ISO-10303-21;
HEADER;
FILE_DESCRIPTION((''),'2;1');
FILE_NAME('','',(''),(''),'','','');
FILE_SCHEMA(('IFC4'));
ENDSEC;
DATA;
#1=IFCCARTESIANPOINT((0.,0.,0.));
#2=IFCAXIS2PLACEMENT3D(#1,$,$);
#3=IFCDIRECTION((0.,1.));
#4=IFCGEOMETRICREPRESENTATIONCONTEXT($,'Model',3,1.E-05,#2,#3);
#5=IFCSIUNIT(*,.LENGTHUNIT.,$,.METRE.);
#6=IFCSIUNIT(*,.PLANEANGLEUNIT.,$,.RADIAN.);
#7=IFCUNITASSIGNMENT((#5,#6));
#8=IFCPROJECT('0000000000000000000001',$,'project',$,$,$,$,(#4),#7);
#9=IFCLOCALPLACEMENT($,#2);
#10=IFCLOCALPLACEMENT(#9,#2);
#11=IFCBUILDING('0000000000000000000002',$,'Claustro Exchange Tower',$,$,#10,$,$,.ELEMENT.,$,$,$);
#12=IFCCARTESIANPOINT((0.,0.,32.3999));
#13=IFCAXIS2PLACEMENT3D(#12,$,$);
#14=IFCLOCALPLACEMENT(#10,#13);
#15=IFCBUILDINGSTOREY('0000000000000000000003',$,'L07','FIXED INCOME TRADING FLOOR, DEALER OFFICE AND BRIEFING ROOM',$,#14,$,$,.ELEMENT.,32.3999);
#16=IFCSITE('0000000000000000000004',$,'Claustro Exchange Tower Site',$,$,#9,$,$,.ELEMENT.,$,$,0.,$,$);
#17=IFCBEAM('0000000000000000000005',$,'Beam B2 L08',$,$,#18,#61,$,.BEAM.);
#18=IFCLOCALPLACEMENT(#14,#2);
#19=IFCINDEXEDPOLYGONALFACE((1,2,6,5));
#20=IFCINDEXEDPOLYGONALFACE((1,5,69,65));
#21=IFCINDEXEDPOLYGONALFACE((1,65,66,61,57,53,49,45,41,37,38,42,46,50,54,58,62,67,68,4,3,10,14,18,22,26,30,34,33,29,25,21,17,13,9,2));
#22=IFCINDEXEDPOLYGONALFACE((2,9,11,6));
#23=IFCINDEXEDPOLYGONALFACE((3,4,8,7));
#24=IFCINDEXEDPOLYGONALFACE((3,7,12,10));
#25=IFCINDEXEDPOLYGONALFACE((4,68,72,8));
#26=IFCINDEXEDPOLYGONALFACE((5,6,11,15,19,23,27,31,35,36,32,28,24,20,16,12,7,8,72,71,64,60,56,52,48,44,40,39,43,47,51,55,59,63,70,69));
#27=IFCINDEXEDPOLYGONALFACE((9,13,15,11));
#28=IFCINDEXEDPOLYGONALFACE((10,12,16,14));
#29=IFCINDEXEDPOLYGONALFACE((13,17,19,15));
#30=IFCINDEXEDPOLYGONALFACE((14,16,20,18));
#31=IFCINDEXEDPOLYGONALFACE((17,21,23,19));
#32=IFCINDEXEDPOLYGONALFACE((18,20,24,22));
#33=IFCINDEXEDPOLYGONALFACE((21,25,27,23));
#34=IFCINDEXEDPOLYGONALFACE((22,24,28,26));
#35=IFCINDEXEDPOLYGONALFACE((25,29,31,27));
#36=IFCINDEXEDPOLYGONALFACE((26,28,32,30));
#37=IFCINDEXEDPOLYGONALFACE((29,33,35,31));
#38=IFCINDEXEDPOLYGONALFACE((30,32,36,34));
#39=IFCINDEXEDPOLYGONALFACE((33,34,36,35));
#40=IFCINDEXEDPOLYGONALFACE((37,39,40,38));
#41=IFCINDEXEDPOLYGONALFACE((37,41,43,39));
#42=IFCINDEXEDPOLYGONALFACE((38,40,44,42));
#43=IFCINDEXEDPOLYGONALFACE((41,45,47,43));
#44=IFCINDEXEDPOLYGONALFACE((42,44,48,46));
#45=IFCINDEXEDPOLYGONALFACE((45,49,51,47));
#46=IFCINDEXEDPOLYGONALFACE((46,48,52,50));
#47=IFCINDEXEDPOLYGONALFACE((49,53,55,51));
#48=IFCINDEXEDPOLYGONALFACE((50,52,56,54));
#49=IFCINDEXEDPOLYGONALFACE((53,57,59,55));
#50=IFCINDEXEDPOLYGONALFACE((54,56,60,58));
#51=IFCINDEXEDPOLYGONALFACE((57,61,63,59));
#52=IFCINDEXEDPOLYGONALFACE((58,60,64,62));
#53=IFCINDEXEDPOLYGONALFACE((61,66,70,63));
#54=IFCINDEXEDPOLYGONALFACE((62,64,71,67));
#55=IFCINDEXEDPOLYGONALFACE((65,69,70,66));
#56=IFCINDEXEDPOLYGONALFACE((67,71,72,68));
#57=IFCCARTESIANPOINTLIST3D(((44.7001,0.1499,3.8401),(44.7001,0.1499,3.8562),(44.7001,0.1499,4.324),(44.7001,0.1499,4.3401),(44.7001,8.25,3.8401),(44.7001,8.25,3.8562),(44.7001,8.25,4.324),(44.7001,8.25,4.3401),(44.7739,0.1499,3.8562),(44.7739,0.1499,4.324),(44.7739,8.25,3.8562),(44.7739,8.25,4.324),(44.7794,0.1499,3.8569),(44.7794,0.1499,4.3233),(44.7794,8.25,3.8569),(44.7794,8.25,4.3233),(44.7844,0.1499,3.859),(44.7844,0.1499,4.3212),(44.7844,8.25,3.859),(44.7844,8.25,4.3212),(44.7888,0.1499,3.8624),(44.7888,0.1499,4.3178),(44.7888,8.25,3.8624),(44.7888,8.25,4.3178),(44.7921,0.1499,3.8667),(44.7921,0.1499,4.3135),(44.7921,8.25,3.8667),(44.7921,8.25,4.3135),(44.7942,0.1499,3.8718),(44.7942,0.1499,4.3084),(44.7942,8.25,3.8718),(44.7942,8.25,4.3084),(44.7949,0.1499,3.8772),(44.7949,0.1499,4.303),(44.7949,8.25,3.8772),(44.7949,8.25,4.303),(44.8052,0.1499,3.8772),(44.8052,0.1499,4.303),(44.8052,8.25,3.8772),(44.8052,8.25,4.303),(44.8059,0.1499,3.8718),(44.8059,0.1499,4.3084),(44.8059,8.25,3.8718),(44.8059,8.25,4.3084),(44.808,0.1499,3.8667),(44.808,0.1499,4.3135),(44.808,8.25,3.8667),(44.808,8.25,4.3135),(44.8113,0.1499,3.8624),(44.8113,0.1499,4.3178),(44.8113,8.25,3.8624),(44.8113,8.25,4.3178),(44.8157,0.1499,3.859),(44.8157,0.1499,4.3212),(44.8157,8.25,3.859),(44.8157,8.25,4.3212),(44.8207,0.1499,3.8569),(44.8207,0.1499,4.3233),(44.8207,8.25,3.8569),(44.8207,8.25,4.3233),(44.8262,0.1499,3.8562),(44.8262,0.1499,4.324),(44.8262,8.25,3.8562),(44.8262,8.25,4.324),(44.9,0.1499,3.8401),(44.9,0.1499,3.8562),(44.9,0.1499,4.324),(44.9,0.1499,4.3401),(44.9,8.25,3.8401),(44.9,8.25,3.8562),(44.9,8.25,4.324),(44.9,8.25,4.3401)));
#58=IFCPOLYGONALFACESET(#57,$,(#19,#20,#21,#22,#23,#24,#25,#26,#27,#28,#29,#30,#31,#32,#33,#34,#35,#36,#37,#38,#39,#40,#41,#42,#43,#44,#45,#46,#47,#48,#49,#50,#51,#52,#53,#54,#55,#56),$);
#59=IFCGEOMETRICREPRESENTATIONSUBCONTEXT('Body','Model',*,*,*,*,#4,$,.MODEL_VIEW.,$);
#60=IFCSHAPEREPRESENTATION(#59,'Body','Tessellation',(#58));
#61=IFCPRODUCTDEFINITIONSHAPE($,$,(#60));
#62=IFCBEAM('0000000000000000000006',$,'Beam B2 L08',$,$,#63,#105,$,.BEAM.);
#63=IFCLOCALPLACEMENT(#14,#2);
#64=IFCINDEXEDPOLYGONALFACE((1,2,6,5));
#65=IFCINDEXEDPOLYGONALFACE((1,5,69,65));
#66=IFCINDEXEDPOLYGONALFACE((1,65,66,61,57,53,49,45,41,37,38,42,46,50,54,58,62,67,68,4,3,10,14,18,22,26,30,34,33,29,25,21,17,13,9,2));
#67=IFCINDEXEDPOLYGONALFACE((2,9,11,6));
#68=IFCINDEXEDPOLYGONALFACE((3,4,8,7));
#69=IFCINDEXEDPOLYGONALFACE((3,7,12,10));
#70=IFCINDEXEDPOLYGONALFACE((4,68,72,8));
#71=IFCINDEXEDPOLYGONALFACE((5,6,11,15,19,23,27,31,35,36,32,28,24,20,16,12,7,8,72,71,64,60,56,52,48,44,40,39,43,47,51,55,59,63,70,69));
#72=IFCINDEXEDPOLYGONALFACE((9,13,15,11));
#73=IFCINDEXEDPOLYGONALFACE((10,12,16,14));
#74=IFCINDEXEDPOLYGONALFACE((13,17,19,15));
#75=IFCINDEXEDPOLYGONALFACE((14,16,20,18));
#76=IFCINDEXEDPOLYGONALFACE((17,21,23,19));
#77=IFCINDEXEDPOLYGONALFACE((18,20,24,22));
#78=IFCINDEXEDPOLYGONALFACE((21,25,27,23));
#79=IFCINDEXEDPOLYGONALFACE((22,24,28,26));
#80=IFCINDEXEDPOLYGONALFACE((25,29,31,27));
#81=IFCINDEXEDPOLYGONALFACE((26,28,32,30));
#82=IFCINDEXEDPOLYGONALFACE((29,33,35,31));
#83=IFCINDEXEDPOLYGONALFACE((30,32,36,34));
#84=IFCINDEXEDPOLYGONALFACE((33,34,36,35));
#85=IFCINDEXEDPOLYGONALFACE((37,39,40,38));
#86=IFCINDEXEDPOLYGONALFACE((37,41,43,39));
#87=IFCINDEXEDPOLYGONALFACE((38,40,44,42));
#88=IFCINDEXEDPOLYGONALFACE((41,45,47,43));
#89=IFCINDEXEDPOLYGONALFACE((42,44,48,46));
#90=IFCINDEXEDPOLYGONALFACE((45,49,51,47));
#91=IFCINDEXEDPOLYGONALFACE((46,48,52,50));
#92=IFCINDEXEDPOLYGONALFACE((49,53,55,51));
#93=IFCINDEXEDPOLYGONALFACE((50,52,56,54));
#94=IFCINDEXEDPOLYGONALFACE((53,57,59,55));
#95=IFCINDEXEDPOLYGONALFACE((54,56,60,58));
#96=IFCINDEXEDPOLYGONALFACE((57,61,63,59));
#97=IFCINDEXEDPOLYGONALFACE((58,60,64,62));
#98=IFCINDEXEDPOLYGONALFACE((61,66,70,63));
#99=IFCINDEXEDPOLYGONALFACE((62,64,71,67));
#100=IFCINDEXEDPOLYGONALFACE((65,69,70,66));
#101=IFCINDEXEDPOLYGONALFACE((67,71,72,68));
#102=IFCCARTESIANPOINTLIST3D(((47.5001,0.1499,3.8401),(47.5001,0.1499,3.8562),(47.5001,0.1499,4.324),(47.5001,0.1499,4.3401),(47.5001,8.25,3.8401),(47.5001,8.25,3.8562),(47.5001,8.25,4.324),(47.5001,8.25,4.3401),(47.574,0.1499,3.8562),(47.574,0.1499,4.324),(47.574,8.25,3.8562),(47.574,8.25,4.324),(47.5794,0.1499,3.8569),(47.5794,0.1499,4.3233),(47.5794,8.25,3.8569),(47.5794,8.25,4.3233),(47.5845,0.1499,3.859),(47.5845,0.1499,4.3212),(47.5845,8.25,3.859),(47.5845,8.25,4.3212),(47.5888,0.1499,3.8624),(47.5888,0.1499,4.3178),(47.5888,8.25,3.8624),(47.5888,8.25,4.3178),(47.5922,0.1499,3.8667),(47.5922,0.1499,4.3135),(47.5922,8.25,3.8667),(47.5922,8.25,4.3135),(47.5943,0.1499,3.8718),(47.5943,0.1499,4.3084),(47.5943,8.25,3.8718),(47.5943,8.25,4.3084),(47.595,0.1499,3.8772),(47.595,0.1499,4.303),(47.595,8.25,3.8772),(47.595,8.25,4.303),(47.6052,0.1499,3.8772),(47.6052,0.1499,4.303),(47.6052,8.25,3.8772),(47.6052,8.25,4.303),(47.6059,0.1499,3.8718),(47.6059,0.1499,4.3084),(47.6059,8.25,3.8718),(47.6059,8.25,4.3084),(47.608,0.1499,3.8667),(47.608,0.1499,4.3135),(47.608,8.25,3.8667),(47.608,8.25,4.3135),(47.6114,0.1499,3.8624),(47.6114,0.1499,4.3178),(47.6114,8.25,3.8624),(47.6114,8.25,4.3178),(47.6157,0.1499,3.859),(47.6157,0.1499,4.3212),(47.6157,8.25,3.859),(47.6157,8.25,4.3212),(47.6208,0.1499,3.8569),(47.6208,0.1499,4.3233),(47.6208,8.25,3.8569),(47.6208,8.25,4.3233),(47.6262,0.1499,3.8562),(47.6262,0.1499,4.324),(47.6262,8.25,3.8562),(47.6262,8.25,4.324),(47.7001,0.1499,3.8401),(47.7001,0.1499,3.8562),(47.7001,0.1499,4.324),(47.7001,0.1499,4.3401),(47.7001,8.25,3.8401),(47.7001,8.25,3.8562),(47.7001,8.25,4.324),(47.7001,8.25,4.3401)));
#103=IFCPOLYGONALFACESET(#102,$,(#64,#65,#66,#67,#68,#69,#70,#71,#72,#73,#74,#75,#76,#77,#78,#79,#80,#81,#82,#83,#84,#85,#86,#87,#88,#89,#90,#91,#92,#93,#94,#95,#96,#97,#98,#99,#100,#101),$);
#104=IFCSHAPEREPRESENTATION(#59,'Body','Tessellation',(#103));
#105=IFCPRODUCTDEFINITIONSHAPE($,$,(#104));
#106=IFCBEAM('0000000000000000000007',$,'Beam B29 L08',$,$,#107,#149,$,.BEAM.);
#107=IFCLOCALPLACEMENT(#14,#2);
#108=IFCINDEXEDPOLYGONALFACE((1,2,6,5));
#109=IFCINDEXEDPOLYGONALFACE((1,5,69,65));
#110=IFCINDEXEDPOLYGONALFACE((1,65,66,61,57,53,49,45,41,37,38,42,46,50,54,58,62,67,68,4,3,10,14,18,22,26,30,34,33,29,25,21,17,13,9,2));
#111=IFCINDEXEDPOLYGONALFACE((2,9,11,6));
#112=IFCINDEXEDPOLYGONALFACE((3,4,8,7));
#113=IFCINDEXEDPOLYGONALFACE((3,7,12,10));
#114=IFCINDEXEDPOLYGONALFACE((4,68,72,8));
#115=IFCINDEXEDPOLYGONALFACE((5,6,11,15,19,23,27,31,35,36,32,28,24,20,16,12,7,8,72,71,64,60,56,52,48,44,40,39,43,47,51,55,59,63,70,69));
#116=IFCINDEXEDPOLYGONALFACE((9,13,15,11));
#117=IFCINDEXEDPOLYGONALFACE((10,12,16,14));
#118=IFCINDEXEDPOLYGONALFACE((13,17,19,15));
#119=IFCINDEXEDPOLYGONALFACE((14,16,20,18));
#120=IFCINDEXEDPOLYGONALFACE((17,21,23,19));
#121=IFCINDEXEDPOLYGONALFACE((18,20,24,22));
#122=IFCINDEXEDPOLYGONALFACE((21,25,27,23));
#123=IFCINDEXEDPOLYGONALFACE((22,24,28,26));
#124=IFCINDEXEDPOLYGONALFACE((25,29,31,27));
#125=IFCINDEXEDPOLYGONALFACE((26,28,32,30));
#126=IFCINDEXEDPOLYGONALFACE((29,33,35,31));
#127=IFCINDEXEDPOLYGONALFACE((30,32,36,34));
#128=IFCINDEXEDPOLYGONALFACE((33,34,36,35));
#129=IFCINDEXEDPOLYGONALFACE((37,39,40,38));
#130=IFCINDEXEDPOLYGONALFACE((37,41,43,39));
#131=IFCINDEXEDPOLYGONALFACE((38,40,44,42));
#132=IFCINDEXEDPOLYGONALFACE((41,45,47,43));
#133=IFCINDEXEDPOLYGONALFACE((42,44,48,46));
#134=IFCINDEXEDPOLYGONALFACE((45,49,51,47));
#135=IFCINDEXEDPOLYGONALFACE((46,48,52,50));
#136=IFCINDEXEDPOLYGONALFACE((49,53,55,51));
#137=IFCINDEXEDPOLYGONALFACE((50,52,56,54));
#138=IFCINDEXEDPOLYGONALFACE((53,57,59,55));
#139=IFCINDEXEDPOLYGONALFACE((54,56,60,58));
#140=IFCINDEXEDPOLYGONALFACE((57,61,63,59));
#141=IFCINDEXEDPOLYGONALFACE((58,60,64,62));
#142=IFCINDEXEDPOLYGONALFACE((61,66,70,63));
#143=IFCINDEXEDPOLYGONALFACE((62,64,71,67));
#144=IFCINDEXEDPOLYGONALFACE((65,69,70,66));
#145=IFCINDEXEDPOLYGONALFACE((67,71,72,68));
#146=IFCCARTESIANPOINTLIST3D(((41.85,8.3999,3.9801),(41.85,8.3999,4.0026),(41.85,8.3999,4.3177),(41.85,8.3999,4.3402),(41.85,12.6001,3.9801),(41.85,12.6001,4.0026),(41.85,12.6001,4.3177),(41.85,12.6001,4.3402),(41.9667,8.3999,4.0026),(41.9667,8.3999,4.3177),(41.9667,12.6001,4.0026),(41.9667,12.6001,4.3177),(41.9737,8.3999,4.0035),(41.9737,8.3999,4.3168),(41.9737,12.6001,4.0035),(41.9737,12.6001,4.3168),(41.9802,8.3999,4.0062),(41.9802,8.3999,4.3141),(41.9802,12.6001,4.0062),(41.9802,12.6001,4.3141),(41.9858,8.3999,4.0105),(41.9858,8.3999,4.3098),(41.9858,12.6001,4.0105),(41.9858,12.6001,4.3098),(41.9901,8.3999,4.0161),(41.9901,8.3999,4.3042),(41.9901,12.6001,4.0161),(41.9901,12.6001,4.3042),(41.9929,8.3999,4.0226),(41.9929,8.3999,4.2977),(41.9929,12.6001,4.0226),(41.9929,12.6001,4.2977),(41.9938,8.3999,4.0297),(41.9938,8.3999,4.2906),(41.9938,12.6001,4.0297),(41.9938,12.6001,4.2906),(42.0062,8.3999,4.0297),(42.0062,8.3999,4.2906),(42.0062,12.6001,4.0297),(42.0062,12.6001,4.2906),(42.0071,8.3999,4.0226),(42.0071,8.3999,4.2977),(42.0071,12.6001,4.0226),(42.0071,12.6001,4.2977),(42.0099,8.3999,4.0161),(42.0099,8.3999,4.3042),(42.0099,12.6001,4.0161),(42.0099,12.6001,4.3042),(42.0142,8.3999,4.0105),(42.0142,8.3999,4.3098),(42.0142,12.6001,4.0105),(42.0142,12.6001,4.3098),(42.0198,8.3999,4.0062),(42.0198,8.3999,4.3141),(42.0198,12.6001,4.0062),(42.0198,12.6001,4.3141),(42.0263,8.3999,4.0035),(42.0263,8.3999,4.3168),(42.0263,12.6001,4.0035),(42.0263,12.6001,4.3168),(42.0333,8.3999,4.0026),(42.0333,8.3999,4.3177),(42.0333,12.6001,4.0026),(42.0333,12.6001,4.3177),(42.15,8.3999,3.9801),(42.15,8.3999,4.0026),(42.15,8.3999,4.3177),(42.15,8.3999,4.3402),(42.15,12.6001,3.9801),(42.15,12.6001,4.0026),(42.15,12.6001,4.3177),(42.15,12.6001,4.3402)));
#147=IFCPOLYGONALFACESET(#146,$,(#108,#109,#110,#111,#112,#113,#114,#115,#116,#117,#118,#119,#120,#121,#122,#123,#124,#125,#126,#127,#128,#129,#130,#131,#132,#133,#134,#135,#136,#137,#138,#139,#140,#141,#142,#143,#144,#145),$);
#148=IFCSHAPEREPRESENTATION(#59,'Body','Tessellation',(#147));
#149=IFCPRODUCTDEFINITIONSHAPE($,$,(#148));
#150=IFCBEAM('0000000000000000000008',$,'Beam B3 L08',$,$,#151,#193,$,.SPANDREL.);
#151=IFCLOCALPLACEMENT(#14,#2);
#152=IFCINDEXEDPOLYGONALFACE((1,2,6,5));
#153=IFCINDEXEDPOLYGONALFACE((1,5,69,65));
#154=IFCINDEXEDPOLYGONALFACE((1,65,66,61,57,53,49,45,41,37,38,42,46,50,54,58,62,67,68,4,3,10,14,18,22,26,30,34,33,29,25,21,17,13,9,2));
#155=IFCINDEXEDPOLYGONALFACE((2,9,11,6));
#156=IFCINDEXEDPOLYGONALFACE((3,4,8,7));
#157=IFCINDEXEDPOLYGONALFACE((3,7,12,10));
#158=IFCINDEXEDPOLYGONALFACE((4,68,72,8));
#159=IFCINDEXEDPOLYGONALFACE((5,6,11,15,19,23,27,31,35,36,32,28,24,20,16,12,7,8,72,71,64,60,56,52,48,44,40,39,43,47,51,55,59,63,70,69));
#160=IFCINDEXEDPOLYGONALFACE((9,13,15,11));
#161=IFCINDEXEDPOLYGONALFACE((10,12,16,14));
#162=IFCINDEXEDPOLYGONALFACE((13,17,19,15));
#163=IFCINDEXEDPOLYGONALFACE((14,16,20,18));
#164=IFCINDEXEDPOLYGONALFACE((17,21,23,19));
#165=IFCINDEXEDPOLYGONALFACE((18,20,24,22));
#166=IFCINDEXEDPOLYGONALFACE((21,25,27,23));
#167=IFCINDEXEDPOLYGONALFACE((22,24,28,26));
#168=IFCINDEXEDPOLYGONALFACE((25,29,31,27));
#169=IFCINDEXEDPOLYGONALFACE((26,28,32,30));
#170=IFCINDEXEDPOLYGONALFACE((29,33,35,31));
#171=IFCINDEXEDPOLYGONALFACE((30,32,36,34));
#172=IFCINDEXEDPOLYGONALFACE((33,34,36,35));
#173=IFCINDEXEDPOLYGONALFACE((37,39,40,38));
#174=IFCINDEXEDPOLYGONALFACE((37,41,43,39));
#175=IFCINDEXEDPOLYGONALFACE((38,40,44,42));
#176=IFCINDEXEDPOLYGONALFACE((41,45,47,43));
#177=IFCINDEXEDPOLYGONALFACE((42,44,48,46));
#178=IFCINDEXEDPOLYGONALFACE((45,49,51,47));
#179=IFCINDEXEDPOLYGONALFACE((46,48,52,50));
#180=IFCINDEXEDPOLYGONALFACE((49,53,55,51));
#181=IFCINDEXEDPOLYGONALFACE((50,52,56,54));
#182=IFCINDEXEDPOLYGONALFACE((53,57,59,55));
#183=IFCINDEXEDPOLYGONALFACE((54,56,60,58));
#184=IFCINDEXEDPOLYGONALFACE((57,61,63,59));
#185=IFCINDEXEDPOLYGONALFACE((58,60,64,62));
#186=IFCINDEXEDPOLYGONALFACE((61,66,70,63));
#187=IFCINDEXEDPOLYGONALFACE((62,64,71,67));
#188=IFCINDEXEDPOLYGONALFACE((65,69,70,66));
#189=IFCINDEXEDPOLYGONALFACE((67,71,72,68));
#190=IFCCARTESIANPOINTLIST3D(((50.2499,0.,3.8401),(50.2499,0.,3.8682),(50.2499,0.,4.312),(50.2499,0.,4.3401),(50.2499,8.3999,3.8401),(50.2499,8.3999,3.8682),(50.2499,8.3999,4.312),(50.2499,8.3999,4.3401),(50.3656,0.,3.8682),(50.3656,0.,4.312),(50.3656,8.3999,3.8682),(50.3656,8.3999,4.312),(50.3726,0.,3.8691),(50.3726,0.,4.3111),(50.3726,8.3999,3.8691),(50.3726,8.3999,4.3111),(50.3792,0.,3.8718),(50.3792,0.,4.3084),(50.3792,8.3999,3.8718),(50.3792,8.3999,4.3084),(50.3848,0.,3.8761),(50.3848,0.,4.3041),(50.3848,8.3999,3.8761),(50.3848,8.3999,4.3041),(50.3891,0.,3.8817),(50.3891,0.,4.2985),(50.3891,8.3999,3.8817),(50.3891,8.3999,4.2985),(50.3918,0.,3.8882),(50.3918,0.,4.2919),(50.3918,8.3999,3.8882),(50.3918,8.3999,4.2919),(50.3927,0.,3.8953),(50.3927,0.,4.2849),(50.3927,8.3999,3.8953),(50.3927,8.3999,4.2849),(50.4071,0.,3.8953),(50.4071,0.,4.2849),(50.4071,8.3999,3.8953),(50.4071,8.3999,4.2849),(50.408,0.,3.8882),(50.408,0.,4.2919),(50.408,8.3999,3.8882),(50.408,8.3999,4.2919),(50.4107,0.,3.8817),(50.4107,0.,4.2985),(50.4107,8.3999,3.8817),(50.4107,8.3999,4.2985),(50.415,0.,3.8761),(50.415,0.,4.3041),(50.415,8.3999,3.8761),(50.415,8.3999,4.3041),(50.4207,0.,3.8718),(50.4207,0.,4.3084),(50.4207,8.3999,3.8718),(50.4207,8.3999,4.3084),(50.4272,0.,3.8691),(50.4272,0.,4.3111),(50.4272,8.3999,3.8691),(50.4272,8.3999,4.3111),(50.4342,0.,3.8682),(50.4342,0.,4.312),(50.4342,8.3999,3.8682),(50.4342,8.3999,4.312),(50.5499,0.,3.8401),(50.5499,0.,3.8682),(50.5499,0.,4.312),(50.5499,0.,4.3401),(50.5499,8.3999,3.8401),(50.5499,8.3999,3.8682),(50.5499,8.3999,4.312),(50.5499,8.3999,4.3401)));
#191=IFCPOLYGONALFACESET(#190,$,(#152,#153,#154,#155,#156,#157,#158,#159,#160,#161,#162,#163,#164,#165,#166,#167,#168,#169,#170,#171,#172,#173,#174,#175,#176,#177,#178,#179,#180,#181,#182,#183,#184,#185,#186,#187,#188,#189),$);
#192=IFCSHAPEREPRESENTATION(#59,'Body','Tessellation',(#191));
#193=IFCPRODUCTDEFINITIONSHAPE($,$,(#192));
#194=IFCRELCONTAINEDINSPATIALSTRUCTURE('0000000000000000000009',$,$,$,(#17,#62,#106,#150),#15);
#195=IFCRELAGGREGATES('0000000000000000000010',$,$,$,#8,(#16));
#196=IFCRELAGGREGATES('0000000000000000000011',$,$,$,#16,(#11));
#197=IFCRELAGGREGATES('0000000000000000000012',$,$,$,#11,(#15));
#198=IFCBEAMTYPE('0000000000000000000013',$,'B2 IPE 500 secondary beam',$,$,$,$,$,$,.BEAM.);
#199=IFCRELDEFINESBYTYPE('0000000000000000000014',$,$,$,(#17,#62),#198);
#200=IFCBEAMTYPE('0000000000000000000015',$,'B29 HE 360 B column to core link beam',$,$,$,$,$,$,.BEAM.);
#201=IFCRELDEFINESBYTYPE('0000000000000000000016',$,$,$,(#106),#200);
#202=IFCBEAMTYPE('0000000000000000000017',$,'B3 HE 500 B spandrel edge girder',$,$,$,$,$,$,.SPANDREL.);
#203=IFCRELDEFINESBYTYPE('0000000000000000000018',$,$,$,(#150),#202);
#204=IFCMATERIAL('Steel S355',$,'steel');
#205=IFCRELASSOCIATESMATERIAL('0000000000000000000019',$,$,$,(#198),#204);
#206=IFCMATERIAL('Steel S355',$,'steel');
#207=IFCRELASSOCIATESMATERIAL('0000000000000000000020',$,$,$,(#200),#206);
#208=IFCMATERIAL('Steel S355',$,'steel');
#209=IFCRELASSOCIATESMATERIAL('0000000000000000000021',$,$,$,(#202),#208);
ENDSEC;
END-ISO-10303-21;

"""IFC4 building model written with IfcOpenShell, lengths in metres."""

from ifc_helpers import new_model, si_unit, direction, frame, origin, origin_2d, place, context, subcontext, project, spatial, i_section, extrude, material, material_profile, profile_set, type_object, element, save


model = new_model("IFC4")

# Units and contexts
model_context = context("Model", 3, precision=1e-05, world=origin(), true_north=direction((0.0, 1.0)))
body_context = subcontext(model_context, "Body", "Model", "MODEL_VIEW")
ifc_project = project(units=[si_unit("LENGTHUNIT", "METRE"), si_unit("PLANEANGLEUNIT", "RADIAN")], contexts=[model_context])

# Site, building, storey
site_placement = place(None, origin())
site = spatial("IfcSite", under=ifc_project, at=site_placement, Name="Claustro Exchange Tower Site", CompositionType="ELEMENT", RefElevation=0.0)
building_placement = place(site_placement, origin())
building = spatial("IfcBuilding", under=site, at=building_placement, Name="Claustro Exchange Tower", CompositionType="ELEMENT")
storey_placement = place(building_placement, frame((0.0, 0.0, 32.3999)))
storey = spatial("IfcBuildingStorey", under=building, at=storey_placement, Name="L07", Description="FIXED INCOME TRADING FLOOR, DEALER OFFICE AND BRIEFING ROOM", CompositionType="ELEMENT", Elevation=32.3999)

# Beams
ifc_material_1 = material(Name="Steel S355", Category="steel")
ifc_material_profile_1 = material_profile(ifc_material_1, i_section(OverallWidth=0.2, OverallDepth=0.5, WebThickness=0.0103, FlangeThickness=0.0161, FilletRadius=0.021, at=origin_2d()), Name="IPE 500")
ifc_profile_set_1 = profile_set([ifc_material_profile_1], Name="Steel S355")
beam_type_1 = type_object("IfcBeamType", Name="B2 IPE 500 secondary beam", PredefinedType="BEAM", material=ifc_profile_set_1)
for number, where, z_axis, x_axis, name in (
    (1, (44.8, 0.1499, 4.0901), (0.0, 1.0, 0.0), (-1.0, 0.0, 0.0), "Beam B2 L08"),
    (2, (47.6001, 0.1499, 4.0901), (0.0, 1.0, 0.0), (-1.0, 0.0, 0.0), "Beam B2 L08"),
):
    element("IfcBeam", number, at=place(storey_placement, frame(where, z_axis=z_axis, x_axis=x_axis)), inside=storey, type_object=beam_type_1, Name=name, PredefinedType="BEAM", context=body_context, shape_type="SweptSolid", body=[
        extrude(i_section(OverallWidth=0.2, OverallDepth=0.5, WebThickness=0.0103, FlangeThickness=0.0161, FilletRadius=0.021, at=origin_2d()), origin(), (0.0, 0.0, 1.0), 8.1001),
    ])
ifc_material_2 = material(Name="Steel S355", Category="steel")
ifc_material_profile_2 = material_profile(ifc_material_2, i_section(OverallWidth=0.3, OverallDepth=0.3601, WebThickness=0.0125, FlangeThickness=0.0225, FilletRadius=0.0271, at=origin_2d()), Name="HE 360 B")
ifc_profile_set_2 = profile_set([ifc_material_profile_2], Name="Steel S355")
beam_type_2 = type_object("IfcBeamType", Name="B29 HE 360 B column to core link beam", PredefinedType="BEAM", material=ifc_profile_set_2)
beam_placement = place(storey_placement, frame((42.0, 8.3999, 4.1602), z_axis=(0.0, 1.0, 0.0), x_axis=(-1.0, 0.0, 0.0)))
element("IfcBeam", 3, at=beam_placement, inside=storey, type_object=beam_type_2, Name="Beam B29 L08", PredefinedType="BEAM", context=body_context, shape_type="SweptSolid", body=[
    extrude(i_section(OverallWidth=0.3, OverallDepth=0.3601, WebThickness=0.0125, FlangeThickness=0.0225, FilletRadius=0.0271, at=origin_2d()), origin(), (0.0, 0.0, 1.0), 4.2002),
])
ifc_material_3 = material(Name="Steel S355", Category="steel")
ifc_material_profile_3 = material_profile(ifc_material_3, i_section(OverallWidth=0.3, OverallDepth=0.5, WebThickness=0.0144, FlangeThickness=0.0281, FilletRadius=0.0271, at=origin_2d()), Name="HE 500 B")
ifc_profile_set_3 = profile_set([ifc_material_profile_3], Name="Steel S355")
beam_type_3 = type_object("IfcBeamType", Name="B3 HE 500 B spandrel edge girder", PredefinedType="SPANDREL", material=ifc_profile_set_3)
for number, where, z_axis, x_axis, name in (
    (4, (50.3999, 0.0, 4.0901), (0.0, 1.0, 0.0), (-1.0, 0.0, 0.0), "Beam B3 L08"),
):
    element("IfcBeam", number, at=place(storey_placement, frame(where, z_axis=z_axis, x_axis=x_axis)), inside=storey, type_object=beam_type_3, Name=name, PredefinedType="SPANDREL", context=body_context, shape_type="SweptSolid", body=[
        extrude(i_section(OverallWidth=0.3, OverallDepth=0.5, WebThickness=0.0144, FlangeThickness=0.0281, FilletRadius=0.0271, at=origin_2d()), origin(), (0.0, 0.0, 1.0), 8.3999),
    ])

save(model, "model.ifc")
